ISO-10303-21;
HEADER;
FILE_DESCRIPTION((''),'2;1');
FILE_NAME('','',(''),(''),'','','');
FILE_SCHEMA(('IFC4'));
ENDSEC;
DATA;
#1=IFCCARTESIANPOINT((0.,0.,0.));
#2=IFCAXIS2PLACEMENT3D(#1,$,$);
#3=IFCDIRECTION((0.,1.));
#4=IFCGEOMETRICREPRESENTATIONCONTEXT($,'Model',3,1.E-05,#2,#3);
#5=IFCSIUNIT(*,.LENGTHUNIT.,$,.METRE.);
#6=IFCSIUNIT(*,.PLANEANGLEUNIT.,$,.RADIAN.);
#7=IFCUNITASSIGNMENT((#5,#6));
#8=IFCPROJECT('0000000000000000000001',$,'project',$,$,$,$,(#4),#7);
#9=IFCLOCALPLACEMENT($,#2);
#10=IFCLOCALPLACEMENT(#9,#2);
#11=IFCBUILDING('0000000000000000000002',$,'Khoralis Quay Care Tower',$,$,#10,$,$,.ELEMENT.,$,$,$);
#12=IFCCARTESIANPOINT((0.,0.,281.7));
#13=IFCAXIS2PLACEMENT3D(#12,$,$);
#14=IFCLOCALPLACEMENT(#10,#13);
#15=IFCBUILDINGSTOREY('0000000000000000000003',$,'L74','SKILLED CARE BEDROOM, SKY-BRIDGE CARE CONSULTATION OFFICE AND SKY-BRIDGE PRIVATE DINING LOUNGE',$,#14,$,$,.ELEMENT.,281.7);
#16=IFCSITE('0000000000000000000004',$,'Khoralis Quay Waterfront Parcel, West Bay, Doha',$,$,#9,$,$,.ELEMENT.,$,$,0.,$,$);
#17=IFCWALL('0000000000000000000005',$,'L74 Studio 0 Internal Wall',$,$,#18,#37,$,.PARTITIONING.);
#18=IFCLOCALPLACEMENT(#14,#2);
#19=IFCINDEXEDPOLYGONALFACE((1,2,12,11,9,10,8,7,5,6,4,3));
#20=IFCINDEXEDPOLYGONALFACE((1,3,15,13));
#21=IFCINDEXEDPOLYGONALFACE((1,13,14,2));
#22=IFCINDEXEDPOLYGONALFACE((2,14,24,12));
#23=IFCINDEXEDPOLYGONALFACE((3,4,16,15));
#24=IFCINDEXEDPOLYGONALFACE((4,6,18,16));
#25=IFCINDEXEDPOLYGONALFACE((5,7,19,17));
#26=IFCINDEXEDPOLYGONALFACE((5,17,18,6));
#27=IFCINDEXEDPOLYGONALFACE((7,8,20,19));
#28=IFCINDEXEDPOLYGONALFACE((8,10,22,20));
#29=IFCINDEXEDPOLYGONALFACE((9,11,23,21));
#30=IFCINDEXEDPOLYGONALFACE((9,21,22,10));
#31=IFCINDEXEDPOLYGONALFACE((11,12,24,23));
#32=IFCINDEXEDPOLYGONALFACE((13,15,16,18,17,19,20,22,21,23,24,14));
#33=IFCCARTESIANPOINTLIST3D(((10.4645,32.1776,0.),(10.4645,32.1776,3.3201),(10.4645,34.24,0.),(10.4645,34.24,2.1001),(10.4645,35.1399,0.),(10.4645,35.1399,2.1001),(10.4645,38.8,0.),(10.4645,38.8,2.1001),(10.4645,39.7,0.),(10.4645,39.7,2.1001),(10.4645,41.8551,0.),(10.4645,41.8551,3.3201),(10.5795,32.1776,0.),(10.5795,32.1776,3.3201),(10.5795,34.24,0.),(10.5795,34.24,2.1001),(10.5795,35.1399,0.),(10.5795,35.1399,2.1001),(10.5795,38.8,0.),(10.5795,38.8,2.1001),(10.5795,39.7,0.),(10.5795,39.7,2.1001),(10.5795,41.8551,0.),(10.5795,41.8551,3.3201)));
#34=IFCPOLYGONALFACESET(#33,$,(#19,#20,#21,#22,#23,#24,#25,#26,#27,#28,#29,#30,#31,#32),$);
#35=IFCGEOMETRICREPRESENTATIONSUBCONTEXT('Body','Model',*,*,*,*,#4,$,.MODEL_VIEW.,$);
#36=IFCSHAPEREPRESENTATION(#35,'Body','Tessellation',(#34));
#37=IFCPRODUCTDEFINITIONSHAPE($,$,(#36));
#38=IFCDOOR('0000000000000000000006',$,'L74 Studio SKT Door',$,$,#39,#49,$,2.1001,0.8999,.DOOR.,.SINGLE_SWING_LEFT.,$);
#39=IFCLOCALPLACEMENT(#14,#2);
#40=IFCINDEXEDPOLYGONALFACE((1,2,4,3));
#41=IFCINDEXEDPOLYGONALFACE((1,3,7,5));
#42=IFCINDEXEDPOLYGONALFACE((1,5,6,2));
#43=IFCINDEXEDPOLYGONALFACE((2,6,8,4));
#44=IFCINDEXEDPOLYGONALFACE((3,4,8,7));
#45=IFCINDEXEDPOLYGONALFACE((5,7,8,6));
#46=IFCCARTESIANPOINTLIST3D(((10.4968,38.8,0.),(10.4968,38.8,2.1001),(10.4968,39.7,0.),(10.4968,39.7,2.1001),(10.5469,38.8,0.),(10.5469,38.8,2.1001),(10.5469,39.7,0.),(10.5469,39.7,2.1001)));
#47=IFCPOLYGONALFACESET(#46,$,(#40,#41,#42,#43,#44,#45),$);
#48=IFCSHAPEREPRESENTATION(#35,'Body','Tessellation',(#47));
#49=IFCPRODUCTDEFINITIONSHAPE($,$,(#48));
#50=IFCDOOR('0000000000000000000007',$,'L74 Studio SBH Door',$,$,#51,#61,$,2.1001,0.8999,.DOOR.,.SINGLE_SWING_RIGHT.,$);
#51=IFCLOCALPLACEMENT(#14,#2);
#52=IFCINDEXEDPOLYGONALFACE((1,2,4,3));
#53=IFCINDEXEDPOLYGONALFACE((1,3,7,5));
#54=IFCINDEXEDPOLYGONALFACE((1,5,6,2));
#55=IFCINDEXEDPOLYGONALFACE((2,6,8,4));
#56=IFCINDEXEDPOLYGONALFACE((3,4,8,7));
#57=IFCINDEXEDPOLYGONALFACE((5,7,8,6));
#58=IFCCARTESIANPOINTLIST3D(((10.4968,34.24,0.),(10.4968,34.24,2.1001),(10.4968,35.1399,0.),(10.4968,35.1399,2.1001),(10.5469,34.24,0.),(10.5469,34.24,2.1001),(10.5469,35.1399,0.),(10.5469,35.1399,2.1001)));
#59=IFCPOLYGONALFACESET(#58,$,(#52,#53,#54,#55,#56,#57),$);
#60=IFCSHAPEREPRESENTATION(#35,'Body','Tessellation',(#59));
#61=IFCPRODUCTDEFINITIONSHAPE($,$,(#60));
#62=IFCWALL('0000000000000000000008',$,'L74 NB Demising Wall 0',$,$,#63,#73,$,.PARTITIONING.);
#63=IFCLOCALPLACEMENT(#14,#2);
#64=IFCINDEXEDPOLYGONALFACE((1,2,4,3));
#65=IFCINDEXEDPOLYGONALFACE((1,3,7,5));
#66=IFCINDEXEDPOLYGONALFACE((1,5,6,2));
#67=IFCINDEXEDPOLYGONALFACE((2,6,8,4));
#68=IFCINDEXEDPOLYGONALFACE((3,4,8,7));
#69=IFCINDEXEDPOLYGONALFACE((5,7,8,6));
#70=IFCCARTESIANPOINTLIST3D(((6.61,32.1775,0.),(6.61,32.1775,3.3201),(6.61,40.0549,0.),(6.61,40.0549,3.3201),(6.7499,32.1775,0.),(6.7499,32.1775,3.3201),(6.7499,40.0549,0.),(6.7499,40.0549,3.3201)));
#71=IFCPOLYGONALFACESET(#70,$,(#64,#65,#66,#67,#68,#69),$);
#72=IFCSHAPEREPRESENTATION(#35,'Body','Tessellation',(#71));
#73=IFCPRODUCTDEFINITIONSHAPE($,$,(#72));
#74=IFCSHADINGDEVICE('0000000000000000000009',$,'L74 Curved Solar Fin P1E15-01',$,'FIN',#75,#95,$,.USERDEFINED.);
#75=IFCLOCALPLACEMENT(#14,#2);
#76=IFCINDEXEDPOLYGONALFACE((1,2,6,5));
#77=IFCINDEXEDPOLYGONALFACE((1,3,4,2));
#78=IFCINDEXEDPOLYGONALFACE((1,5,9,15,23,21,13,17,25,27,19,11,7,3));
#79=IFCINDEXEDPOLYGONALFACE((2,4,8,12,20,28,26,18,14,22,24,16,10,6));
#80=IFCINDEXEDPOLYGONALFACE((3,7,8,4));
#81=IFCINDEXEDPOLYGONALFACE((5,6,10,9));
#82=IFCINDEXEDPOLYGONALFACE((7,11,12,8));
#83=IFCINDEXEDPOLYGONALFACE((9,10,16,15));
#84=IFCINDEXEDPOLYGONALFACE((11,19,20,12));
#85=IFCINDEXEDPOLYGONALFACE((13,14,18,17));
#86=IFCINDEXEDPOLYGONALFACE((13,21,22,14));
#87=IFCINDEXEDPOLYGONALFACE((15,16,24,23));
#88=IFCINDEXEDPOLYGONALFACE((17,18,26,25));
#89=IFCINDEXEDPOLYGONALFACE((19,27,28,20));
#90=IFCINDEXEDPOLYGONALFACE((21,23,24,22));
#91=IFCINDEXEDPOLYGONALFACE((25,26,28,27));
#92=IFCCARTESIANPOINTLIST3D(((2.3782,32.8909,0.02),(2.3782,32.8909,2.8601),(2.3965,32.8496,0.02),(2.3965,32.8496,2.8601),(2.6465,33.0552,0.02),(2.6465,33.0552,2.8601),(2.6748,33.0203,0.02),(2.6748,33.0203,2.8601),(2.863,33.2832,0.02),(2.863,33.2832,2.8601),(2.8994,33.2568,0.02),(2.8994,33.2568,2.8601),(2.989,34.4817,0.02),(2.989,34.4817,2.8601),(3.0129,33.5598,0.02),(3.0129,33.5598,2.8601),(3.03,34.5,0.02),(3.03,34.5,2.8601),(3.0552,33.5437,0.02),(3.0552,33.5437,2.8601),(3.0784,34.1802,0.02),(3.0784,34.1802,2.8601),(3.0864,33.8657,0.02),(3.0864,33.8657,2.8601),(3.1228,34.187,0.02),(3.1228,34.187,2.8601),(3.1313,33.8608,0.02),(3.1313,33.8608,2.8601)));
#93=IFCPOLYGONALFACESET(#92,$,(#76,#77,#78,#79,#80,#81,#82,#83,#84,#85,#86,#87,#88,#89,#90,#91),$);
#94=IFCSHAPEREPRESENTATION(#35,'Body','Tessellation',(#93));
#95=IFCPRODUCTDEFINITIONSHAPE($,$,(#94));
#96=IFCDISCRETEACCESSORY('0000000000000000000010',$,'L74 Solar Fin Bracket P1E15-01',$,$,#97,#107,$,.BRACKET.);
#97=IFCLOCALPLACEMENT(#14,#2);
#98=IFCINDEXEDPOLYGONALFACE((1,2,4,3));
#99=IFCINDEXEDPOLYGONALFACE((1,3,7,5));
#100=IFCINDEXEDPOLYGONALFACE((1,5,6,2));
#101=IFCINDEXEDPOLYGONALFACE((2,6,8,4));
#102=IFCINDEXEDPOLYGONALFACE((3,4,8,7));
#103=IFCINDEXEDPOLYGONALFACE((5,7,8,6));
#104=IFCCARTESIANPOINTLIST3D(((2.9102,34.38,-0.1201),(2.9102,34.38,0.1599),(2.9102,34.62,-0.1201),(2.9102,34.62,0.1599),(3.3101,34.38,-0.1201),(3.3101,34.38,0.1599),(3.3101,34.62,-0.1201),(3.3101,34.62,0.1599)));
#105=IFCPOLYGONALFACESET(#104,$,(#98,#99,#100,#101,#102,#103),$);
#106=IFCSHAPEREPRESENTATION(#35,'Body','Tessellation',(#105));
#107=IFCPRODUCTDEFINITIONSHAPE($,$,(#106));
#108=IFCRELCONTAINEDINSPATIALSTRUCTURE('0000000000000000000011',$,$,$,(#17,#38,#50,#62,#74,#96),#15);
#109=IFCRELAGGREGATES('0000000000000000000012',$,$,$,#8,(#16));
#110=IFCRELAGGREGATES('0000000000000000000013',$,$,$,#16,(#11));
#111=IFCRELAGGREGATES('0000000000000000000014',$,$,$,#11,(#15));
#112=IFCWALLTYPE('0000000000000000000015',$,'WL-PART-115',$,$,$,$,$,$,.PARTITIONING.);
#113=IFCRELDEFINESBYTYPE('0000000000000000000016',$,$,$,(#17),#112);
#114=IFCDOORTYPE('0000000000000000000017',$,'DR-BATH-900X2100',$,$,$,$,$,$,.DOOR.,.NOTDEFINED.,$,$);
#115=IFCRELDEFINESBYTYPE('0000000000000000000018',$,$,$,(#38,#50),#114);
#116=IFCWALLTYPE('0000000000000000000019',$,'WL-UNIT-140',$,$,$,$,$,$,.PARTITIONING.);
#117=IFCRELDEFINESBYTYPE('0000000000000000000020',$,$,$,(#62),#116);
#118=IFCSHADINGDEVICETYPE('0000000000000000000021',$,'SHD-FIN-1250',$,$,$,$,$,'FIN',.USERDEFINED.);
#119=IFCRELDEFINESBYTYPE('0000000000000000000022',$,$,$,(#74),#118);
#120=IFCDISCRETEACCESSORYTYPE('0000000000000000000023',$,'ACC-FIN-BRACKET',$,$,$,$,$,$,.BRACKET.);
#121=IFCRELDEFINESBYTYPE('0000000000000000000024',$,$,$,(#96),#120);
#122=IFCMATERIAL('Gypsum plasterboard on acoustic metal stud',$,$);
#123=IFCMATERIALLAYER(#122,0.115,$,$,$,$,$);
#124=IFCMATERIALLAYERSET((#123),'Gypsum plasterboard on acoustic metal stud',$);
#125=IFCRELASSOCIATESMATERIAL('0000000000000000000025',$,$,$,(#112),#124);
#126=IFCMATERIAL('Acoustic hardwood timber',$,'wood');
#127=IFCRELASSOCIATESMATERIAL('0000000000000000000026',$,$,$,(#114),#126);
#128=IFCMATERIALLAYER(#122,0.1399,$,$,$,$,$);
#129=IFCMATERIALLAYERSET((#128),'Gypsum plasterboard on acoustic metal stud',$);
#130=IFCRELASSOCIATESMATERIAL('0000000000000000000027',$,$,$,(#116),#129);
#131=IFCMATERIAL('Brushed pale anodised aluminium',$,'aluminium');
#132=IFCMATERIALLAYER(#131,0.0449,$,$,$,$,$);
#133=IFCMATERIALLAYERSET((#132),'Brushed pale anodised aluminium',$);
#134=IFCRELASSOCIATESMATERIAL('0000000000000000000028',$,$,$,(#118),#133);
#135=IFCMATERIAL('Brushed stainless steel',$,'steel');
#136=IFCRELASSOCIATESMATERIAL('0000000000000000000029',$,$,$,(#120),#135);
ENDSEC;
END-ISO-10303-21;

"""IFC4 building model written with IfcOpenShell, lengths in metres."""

from ifc_helpers import new_model, si_unit, direction, frame, frame_2d, origin, origin_2d, place, context, subcontext, project, spatial, polyline, rectangle, outline, extrude, source, transform, mapped, material, layer, layer_set, type_object, element, fill, save


model = new_model("IFC4")

# Units and contexts
model_context = context("Model", 3, precision=1e-05, world=origin(), true_north=direction((0.0, 1.0)))
body_context = subcontext(model_context, "Body", "Model", "MODEL_VIEW")
ifc_project = project(units=[si_unit("LENGTHUNIT", "METRE"), si_unit("PLANEANGLEUNIT", "RADIAN")], contexts=[model_context])

# Site, building, storey
site_placement = place(None, origin())
site = spatial("IfcSite", under=ifc_project, at=site_placement, Name="Khoralis Quay Waterfront Parcel, West Bay, Doha", CompositionType="ELEMENT", RefElevation=0.0)
building_placement = place(site_placement, origin())
building = spatial("IfcBuilding", under=site, at=building_placement, Name="Khoralis Quay Care Tower", CompositionType="ELEMENT")
storey_placement = place(building_placement, frame((0.0, 0.0, 281.7)))
storey = spatial("IfcBuildingStorey", under=building, at=storey_placement, Name="L74", Description="SKILLED CARE BEDROOM, SKY-BRIDGE CARE CONSULTATION OFFICE AND SKY-BRIDGE PRIVATE DINING LOUNGE", CompositionType="ELEMENT", Elevation=281.7)

# Shared definitions
ifc_material_1 = material(Name="Gypsum plasterboard on acoustic metal stud")

# Wall, openings, doors
ifc_material_2 = material(Name="Acoustic hardwood timber", Category="wood")
ifc_layer_1 = layer(ifc_material_1, 0.115)
ifc_layer_set_1 = layer_set([ifc_layer_1], Name="Gypsum plasterboard on acoustic metal stud")
wall_type_1 = type_object("IfcWallType", Name="WL-PART-115", PredefinedType="PARTITIONING", material=ifc_layer_set_1)
wall_1_placement = place(storey_placement, frame((10.522, 32.1775, 0.0), z_axis=(0.0, 0.0, 1.0), x_axis=(0.0, 1.0, 0.0)))
wall_1 = element("IfcWall", 1, at=wall_1_placement, inside=storey, type_object=wall_type_1, Name="L74 Studio 0 Internal Wall", PredefinedType="PARTITIONING", context=body_context, shape_type="SweptSolid", body=[
    extrude(rectangle(XDim=9.6775, YDim=0.115, at=frame_2d((4.8389, 0.0))), origin(), (0.0, 0.0, 1.0), 3.3201),
])
opening_1_placement = place(wall_1_placement, frame((6.6226, 0.0, 0.0)))
opening_1 = element("IfcOpeningElement", 2, at=opening_1_placement, cuts=wall_1, PredefinedType="OPENING", context=body_context, shape_type="SweptSolid", body=[
    extrude(rectangle(XDim=0.8999, YDim=2.1001, at=frame_2d((0.45, 1.05))), frame((0.0, 0.0674, 0.0), z_axis=(0.0, -1.0, 0.0), x_axis=(1.0, 0.0, 0.0)), (0.0, 0.0, 1.0), 0.135),
])
opening_2_placement = place(wall_1_placement, frame((2.0625, 0.0, 0.0)))
opening_2 = element("IfcOpeningElement", 3, at=opening_2_placement, cuts=wall_1, PredefinedType="OPENING", context=body_context, shape_type="SweptSolid", body=[
    extrude(rectangle(XDim=0.8999, YDim=2.1001, at=frame_2d((0.45, 1.05))), frame((0.0, 0.0674, 0.0), z_axis=(0.0, -1.0, 0.0), x_axis=(1.0, 0.0, 0.0)), (0.0, 0.0, 1.0), 0.135),
])
door_type_1 = type_object("IfcDoorType", Name="DR-BATH-900X2100", OperationType="NOTDEFINED", PredefinedType="DOOR", material=ifc_material_2)
shared_shape_1 = source(origin(), body_context, "Body", "SweptSolid", [
    extrude(rectangle(XDim=0.8999, YDim=2.1001, at=frame_2d((0.45, 1.05))), frame((0.0, 0.0249, 0.0), z_axis=(0.0, -1.0, 0.0), x_axis=(1.0, 0.0, 0.0)), (0.0, 0.0, 1.0), 0.05),
])
door_1_placement = place(opening_1_placement, frame((0.8999, 0.0, 0.0), z_axis=(0.0, 0.0, 1.0), x_axis=(-1.0, 0.0, 0.0)))
door_1 = element("IfcDoor", 4, at=door_1_placement, inside=storey, type_object=door_type_1, Name="L74 Studio SKT Door", OperationType="SINGLE_SWING_LEFT", OverallHeight=2.1001, OverallWidth=0.8999, PredefinedType="DOOR", context=body_context, shape_type="MappedRepresentation", body=[
    mapped(shared_shape_1, transform((0.0, 0.0, 0.0), scale=1.0)),
])
fill(opening_1, door_1)
door_2_placement = place(opening_2_placement, frame((0.8999, 0.0, 0.0), z_axis=(0.0, 0.0, 1.0), x_axis=(-1.0, 0.0, 0.0)))
door_2 = element("IfcDoor", 5, at=door_2_placement, inside=storey, type_object=door_type_1, Name="L74 Studio SBH Door", OperationType="SINGLE_SWING_RIGHT", OverallHeight=2.1001, OverallWidth=0.8999, PredefinedType="DOOR", context=body_context, shape_type="MappedRepresentation", body=[
    mapped(shared_shape_1, transform((0.0, 0.0, 0.0), scale=1.0)),
])
fill(opening_2, door_2)

# Wall
ifc_layer_2 = layer(ifc_material_1, 0.1399)
ifc_layer_set_2 = layer_set([ifc_layer_2], Name="Gypsum plasterboard on acoustic metal stud")
wall_type_2 = type_object("IfcWallType", Name="WL-UNIT-140", PredefinedType="PARTITIONING", material=ifc_layer_set_2)
wall_2_placement = place(storey_placement, frame((6.6799, 32.1775, 0.0), z_axis=(0.0, 0.0, 1.0), x_axis=(0.0, 1.0, 0.0)))
element("IfcWall", 6, at=wall_2_placement, inside=storey, type_object=wall_type_2, Name="L74 NB Demising Wall 0", PredefinedType="PARTITIONING", context=body_context, shape_type="SweptSolid", body=[
    extrude(rectangle(XDim=7.8774, YDim=0.1399, at=frame_2d((3.9387, 0.0))), origin(), (0.0, 0.0, 1.0), 3.3201),
])

# Shading device
ifc_material_3 = material(Name="Brushed pale anodised aluminium", Category="aluminium")
ifc_layer_3 = layer(ifc_material_3, 0.0449)
ifc_layer_set_3 = layer_set([ifc_layer_3], Name="Brushed pale anodised aluminium")
shading_device_type = type_object("IfcShadingDeviceType", Name="SHD-FIN-1250", ElementType="FIN", PredefinedType="USERDEFINED", material=ifc_layer_set_3)
shared_shape_2 = source(origin(), body_context, "Body", "SweptSolid", [
    extrude(outline(polyline([(0.0, 0.0), (-0.0928, 0.313), (-0.1013, 0.6392), (-0.0251, 0.9563), (0.1306, 1.2432), (0.3552, 1.4797), (0.6335, 1.6504), (0.6519, 1.6091), (0.3835, 1.4448), (0.167, 1.2168), (0.0171, 0.9402), (-0.0564, 0.6343), (-0.0483, 0.3198), (0.041, 0.0183), (0.0, 0.0)])), origin(), (0.0, 0.0, 1.0), 2.8401),
])
shading_device_placement = place(storey_placement, frame((3.03, 34.5, 0.02), z_axis=(0.0, 0.0, 1.0), x_axis=(-1.0, 0.0, 0.0)))
element("IfcShadingDevice", 7, at=shading_device_placement, inside=storey, type_object=shading_device_type, Name="L74 Curved Solar Fin P1E15-01", ObjectType="FIN", PredefinedType="USERDEFINED", context=body_context, shape_type="MappedRepresentation", body=[
    mapped(shared_shape_2, transform((0.0, 0.0, 0.0), scale=1.0)),
])

# Discrete accessory
ifc_material_4 = material(Name="Brushed stainless steel", Category="steel")
discrete_accessory_type = type_object("IfcDiscreteAccessoryType", Name="ACC-FIN-BRACKET", PredefinedType="BRACKET", material=ifc_material_4)
shared_shape_3 = source(origin(), body_context, "Body", "SweptSolid", [
    extrude(rectangle(XDim=0.3999, YDim=0.24, at=origin_2d()), origin(), (0.0, 0.0, 1.0), 0.28),
])
discrete_accessory_placement = place(storey_placement, frame((3.1101, 34.5, -0.1201), z_axis=(0.0, 0.0, 1.0), x_axis=(-1.0, 0.0, 0.0)))
element("IfcDiscreteAccessory", 8, at=discrete_accessory_placement, inside=storey, type_object=discrete_accessory_type, Name="L74 Solar Fin Bracket P1E15-01", PredefinedType="BRACKET", context=body_context, shape_type="MappedRepresentation", body=[
    mapped(shared_shape_3, transform((0.0, 0.0, 0.0), scale=1.0)),
])

save(model, "model.ifc")
